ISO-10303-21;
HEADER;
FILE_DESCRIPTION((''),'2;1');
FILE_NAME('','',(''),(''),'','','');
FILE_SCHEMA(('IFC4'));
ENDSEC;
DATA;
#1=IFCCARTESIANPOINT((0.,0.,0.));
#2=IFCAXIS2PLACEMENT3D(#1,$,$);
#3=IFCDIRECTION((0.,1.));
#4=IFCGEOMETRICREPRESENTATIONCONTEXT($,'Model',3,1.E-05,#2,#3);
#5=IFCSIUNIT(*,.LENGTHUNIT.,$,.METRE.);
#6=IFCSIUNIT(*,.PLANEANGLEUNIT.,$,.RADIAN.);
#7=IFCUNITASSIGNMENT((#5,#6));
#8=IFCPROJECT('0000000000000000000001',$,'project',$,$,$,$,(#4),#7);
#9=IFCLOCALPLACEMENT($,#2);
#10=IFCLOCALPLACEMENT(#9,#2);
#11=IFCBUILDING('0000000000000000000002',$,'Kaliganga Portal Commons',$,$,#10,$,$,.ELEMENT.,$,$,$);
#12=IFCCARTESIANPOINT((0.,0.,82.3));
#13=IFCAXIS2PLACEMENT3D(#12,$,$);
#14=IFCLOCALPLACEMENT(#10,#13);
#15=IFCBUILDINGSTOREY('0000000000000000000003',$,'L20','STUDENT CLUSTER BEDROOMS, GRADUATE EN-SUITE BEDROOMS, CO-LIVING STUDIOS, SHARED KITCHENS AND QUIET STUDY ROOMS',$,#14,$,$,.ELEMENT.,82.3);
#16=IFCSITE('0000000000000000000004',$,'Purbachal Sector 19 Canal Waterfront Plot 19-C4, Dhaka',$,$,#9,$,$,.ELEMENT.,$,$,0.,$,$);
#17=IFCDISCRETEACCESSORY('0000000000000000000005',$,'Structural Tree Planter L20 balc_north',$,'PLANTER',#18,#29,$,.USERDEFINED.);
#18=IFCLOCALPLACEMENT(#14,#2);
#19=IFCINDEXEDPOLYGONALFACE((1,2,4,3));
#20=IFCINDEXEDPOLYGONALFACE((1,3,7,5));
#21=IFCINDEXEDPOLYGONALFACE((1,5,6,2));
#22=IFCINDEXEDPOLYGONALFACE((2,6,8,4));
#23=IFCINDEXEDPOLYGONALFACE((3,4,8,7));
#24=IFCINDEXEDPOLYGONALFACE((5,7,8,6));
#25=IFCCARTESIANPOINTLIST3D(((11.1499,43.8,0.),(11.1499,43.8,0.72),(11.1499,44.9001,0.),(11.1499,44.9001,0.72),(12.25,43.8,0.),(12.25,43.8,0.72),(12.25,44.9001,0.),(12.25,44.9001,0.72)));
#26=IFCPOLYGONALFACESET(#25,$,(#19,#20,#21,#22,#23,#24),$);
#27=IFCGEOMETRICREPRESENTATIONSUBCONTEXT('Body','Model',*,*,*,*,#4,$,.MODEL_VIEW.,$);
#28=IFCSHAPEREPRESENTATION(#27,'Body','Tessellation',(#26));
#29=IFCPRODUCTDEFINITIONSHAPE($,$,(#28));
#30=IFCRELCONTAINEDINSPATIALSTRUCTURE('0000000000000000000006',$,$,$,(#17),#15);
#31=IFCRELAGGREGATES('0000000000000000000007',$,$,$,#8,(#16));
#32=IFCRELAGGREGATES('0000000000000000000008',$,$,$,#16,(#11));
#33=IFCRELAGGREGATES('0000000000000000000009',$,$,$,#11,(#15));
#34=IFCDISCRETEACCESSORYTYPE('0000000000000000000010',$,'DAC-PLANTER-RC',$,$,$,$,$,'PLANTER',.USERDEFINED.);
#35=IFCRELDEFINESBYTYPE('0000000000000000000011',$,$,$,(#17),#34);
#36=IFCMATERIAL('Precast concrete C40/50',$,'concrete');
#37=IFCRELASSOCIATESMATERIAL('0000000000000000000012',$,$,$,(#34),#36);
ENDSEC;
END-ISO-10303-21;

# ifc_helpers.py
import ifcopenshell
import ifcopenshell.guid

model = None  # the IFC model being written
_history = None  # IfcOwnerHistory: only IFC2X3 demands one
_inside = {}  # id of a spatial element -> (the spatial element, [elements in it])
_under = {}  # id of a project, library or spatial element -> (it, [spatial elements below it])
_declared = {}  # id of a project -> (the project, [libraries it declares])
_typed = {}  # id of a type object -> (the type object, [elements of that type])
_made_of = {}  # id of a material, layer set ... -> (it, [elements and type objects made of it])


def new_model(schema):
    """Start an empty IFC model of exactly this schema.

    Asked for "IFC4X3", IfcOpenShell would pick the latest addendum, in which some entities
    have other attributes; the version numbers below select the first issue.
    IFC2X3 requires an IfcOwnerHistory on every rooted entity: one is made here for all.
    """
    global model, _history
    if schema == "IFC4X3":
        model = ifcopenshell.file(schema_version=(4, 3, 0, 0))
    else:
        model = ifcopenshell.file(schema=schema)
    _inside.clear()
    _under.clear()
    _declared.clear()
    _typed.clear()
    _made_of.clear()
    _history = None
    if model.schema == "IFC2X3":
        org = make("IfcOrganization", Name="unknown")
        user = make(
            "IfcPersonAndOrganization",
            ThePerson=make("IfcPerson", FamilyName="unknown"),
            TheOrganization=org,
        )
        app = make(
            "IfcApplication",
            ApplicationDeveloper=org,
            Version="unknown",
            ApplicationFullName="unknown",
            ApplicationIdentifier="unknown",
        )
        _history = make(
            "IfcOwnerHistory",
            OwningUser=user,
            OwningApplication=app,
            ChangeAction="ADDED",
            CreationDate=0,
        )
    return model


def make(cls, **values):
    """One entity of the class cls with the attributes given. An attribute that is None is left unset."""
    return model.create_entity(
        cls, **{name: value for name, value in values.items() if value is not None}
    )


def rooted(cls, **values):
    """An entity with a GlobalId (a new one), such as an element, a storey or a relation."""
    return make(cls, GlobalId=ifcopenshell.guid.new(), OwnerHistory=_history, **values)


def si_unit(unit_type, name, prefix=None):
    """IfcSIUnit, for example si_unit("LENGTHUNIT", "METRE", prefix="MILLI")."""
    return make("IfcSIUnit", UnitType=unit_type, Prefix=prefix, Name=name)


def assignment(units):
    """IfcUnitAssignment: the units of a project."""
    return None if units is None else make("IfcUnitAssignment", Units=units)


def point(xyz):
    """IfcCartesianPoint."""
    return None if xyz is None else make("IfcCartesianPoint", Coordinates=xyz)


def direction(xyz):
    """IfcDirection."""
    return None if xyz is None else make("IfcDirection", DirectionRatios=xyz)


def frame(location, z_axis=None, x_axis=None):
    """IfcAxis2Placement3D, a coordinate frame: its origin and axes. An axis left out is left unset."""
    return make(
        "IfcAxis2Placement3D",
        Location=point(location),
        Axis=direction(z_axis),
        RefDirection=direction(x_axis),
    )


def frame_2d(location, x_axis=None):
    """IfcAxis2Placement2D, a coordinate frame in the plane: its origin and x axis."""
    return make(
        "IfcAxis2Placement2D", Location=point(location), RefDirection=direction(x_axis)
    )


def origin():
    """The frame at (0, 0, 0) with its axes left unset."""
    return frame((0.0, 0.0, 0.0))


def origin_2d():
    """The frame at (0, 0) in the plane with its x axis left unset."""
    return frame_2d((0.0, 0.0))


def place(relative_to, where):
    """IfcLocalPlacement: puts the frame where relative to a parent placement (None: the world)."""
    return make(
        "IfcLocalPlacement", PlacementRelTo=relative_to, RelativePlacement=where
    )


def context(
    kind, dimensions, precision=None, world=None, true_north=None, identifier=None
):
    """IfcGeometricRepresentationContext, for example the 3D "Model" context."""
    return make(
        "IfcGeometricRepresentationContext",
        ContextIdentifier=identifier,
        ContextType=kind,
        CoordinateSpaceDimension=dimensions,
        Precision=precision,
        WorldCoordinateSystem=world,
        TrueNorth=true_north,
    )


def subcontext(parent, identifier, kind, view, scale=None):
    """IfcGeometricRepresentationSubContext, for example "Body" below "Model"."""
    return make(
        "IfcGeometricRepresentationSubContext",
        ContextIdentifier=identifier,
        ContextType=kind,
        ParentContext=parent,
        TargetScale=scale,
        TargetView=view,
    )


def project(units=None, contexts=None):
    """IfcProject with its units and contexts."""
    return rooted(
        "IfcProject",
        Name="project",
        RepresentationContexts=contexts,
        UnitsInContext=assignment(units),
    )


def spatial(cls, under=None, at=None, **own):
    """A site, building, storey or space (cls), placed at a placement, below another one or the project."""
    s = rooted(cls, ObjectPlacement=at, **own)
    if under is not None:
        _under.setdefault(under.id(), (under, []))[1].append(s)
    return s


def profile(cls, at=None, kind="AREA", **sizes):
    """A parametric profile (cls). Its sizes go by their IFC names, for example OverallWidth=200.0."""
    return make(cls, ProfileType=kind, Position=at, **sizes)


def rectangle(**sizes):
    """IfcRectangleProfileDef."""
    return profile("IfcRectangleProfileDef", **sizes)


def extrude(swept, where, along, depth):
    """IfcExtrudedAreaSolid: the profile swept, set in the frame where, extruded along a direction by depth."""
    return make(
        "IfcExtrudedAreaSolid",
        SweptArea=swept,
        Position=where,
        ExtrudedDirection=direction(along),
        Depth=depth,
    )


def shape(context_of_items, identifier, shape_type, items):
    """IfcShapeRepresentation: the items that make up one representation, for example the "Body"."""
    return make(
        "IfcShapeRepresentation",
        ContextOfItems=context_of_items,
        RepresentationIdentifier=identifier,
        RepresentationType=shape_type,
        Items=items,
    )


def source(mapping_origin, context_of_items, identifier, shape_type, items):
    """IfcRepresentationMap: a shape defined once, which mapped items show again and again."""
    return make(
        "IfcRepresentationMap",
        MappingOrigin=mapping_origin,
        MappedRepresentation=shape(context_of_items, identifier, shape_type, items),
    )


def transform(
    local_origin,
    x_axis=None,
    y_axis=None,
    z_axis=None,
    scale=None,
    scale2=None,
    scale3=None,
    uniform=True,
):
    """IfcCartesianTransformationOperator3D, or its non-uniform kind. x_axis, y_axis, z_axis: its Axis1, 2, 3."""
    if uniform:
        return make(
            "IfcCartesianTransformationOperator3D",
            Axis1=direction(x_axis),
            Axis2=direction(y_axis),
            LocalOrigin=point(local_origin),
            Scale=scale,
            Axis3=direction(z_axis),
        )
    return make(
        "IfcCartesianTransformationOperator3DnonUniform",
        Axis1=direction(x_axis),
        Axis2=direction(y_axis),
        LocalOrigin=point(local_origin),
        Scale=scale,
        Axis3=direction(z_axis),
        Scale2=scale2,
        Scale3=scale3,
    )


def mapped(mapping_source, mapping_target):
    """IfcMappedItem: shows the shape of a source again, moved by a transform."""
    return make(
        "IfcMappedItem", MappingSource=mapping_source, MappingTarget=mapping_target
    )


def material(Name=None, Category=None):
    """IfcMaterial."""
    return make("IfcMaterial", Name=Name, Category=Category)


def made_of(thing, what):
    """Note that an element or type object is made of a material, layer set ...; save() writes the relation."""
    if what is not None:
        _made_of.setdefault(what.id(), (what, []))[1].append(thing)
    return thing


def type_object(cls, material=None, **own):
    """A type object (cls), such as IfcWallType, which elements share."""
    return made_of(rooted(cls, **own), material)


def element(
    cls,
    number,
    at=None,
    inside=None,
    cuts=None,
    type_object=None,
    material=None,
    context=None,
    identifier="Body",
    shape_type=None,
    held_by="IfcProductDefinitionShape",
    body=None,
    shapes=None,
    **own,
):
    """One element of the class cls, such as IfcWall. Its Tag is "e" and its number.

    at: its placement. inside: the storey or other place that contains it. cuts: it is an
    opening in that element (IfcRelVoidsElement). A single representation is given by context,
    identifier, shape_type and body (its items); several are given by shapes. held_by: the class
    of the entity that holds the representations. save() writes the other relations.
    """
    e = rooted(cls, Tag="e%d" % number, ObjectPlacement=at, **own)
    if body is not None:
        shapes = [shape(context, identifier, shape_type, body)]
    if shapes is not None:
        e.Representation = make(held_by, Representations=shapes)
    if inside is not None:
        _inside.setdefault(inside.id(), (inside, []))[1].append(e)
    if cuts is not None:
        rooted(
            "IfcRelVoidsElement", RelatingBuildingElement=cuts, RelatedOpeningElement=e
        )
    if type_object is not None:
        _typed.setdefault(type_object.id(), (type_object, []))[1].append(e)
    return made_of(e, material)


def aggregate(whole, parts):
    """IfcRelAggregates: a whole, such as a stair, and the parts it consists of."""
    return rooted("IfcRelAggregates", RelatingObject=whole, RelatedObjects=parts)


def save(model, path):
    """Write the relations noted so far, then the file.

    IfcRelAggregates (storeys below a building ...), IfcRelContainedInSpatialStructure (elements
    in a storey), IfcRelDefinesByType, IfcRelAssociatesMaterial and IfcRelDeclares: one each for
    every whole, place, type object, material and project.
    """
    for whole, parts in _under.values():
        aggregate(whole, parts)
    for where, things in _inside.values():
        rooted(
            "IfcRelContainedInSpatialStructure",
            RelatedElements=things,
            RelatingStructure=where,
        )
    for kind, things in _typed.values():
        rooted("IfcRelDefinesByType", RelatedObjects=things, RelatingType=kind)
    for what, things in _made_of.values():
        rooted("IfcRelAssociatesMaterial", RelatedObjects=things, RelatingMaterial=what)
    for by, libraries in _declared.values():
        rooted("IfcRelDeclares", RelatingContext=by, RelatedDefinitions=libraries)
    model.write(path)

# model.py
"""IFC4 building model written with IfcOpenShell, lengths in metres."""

from ifc_helpers import new_model, si_unit, direction, frame, origin, origin_2d, place, context, subcontext, project, spatial, rectangle, extrude, source, transform, mapped, material, type_object, element, save


model = new_model("IFC4")

# Units and contexts
model_context = context("Model", 3, precision=1e-05, world=origin(), true_north=direction((0.0, 1.0)))
body_context = subcontext(model_context, "Body", "Model", "MODEL_VIEW")
ifc_project = project(units=[si_unit("LENGTHUNIT", "METRE"), si_unit("PLANEANGLEUNIT", "RADIAN")], contexts=[model_context])

# Site, building, storey
site_placement = place(None, origin())
site = spatial("IfcSite", under=ifc_project, at=site_placement, Name="Purbachal Sector 19 Canal Waterfront Plot 19-C4, Dhaka", CompositionType="ELEMENT", RefElevation=0.0)
building_placement = place(site_placement, origin())
building = spatial("IfcBuilding", under=site, at=building_placement, Name="Kaliganga Portal Commons", CompositionType="ELEMENT")
storey_placement = place(building_placement, frame((0.0, 0.0, 82.3)))
storey = spatial("IfcBuildingStorey", under=building, at=storey_placement, Name="L20", Description="STUDENT CLUSTER BEDROOMS, GRADUATE EN-SUITE BEDROOMS, CO-LIVING STUDIOS, SHARED KITCHENS AND QUIET STUDY ROOMS", CompositionType="ELEMENT", Elevation=82.3)

# Discrete accessory
ifc_material_1 = material(Name="Precast concrete C40/50", Category="concrete")
discrete_accessory_type = type_object("IfcDiscreteAccessoryType", Name="DAC-PLANTER-RC", ElementType="PLANTER", PredefinedType="USERDEFINED", material=ifc_material_1)
shared_shape_1 = source(origin(), body_context, "Body", "SweptSolid", [
    extrude(rectangle(XDim=1.1001, YDim=1.1001, at=origin_2d()), origin(), (0.0, 0.0, 1.0), 0.72),
])
discrete_accessory_placement = place(storey_placement, frame((11.7, 44.3501, 0.0), z_axis=(0.0, 0.0, 1.0), x_axis=(1.0, 0.0, 0.0)))
element("IfcDiscreteAccessory", 1, at=discrete_accessory_placement, inside=storey, type_object=discrete_accessory_type, Name="Structural Tree Planter L20 balc_north", ObjectType="PLANTER", PredefinedType="USERDEFINED", context=body_context, shape_type="MappedRepresentation", body=[
    mapped(shared_shape_1, transform((0.0, 0.0, 0.0), x_axis=(1.0, 0.0, 0.0), y_axis=(0.0, 1.0, 0.0), z_axis=(0.0, 0.0, 1.0), scale=1.0)),
])

save(model, "model.ifc")
